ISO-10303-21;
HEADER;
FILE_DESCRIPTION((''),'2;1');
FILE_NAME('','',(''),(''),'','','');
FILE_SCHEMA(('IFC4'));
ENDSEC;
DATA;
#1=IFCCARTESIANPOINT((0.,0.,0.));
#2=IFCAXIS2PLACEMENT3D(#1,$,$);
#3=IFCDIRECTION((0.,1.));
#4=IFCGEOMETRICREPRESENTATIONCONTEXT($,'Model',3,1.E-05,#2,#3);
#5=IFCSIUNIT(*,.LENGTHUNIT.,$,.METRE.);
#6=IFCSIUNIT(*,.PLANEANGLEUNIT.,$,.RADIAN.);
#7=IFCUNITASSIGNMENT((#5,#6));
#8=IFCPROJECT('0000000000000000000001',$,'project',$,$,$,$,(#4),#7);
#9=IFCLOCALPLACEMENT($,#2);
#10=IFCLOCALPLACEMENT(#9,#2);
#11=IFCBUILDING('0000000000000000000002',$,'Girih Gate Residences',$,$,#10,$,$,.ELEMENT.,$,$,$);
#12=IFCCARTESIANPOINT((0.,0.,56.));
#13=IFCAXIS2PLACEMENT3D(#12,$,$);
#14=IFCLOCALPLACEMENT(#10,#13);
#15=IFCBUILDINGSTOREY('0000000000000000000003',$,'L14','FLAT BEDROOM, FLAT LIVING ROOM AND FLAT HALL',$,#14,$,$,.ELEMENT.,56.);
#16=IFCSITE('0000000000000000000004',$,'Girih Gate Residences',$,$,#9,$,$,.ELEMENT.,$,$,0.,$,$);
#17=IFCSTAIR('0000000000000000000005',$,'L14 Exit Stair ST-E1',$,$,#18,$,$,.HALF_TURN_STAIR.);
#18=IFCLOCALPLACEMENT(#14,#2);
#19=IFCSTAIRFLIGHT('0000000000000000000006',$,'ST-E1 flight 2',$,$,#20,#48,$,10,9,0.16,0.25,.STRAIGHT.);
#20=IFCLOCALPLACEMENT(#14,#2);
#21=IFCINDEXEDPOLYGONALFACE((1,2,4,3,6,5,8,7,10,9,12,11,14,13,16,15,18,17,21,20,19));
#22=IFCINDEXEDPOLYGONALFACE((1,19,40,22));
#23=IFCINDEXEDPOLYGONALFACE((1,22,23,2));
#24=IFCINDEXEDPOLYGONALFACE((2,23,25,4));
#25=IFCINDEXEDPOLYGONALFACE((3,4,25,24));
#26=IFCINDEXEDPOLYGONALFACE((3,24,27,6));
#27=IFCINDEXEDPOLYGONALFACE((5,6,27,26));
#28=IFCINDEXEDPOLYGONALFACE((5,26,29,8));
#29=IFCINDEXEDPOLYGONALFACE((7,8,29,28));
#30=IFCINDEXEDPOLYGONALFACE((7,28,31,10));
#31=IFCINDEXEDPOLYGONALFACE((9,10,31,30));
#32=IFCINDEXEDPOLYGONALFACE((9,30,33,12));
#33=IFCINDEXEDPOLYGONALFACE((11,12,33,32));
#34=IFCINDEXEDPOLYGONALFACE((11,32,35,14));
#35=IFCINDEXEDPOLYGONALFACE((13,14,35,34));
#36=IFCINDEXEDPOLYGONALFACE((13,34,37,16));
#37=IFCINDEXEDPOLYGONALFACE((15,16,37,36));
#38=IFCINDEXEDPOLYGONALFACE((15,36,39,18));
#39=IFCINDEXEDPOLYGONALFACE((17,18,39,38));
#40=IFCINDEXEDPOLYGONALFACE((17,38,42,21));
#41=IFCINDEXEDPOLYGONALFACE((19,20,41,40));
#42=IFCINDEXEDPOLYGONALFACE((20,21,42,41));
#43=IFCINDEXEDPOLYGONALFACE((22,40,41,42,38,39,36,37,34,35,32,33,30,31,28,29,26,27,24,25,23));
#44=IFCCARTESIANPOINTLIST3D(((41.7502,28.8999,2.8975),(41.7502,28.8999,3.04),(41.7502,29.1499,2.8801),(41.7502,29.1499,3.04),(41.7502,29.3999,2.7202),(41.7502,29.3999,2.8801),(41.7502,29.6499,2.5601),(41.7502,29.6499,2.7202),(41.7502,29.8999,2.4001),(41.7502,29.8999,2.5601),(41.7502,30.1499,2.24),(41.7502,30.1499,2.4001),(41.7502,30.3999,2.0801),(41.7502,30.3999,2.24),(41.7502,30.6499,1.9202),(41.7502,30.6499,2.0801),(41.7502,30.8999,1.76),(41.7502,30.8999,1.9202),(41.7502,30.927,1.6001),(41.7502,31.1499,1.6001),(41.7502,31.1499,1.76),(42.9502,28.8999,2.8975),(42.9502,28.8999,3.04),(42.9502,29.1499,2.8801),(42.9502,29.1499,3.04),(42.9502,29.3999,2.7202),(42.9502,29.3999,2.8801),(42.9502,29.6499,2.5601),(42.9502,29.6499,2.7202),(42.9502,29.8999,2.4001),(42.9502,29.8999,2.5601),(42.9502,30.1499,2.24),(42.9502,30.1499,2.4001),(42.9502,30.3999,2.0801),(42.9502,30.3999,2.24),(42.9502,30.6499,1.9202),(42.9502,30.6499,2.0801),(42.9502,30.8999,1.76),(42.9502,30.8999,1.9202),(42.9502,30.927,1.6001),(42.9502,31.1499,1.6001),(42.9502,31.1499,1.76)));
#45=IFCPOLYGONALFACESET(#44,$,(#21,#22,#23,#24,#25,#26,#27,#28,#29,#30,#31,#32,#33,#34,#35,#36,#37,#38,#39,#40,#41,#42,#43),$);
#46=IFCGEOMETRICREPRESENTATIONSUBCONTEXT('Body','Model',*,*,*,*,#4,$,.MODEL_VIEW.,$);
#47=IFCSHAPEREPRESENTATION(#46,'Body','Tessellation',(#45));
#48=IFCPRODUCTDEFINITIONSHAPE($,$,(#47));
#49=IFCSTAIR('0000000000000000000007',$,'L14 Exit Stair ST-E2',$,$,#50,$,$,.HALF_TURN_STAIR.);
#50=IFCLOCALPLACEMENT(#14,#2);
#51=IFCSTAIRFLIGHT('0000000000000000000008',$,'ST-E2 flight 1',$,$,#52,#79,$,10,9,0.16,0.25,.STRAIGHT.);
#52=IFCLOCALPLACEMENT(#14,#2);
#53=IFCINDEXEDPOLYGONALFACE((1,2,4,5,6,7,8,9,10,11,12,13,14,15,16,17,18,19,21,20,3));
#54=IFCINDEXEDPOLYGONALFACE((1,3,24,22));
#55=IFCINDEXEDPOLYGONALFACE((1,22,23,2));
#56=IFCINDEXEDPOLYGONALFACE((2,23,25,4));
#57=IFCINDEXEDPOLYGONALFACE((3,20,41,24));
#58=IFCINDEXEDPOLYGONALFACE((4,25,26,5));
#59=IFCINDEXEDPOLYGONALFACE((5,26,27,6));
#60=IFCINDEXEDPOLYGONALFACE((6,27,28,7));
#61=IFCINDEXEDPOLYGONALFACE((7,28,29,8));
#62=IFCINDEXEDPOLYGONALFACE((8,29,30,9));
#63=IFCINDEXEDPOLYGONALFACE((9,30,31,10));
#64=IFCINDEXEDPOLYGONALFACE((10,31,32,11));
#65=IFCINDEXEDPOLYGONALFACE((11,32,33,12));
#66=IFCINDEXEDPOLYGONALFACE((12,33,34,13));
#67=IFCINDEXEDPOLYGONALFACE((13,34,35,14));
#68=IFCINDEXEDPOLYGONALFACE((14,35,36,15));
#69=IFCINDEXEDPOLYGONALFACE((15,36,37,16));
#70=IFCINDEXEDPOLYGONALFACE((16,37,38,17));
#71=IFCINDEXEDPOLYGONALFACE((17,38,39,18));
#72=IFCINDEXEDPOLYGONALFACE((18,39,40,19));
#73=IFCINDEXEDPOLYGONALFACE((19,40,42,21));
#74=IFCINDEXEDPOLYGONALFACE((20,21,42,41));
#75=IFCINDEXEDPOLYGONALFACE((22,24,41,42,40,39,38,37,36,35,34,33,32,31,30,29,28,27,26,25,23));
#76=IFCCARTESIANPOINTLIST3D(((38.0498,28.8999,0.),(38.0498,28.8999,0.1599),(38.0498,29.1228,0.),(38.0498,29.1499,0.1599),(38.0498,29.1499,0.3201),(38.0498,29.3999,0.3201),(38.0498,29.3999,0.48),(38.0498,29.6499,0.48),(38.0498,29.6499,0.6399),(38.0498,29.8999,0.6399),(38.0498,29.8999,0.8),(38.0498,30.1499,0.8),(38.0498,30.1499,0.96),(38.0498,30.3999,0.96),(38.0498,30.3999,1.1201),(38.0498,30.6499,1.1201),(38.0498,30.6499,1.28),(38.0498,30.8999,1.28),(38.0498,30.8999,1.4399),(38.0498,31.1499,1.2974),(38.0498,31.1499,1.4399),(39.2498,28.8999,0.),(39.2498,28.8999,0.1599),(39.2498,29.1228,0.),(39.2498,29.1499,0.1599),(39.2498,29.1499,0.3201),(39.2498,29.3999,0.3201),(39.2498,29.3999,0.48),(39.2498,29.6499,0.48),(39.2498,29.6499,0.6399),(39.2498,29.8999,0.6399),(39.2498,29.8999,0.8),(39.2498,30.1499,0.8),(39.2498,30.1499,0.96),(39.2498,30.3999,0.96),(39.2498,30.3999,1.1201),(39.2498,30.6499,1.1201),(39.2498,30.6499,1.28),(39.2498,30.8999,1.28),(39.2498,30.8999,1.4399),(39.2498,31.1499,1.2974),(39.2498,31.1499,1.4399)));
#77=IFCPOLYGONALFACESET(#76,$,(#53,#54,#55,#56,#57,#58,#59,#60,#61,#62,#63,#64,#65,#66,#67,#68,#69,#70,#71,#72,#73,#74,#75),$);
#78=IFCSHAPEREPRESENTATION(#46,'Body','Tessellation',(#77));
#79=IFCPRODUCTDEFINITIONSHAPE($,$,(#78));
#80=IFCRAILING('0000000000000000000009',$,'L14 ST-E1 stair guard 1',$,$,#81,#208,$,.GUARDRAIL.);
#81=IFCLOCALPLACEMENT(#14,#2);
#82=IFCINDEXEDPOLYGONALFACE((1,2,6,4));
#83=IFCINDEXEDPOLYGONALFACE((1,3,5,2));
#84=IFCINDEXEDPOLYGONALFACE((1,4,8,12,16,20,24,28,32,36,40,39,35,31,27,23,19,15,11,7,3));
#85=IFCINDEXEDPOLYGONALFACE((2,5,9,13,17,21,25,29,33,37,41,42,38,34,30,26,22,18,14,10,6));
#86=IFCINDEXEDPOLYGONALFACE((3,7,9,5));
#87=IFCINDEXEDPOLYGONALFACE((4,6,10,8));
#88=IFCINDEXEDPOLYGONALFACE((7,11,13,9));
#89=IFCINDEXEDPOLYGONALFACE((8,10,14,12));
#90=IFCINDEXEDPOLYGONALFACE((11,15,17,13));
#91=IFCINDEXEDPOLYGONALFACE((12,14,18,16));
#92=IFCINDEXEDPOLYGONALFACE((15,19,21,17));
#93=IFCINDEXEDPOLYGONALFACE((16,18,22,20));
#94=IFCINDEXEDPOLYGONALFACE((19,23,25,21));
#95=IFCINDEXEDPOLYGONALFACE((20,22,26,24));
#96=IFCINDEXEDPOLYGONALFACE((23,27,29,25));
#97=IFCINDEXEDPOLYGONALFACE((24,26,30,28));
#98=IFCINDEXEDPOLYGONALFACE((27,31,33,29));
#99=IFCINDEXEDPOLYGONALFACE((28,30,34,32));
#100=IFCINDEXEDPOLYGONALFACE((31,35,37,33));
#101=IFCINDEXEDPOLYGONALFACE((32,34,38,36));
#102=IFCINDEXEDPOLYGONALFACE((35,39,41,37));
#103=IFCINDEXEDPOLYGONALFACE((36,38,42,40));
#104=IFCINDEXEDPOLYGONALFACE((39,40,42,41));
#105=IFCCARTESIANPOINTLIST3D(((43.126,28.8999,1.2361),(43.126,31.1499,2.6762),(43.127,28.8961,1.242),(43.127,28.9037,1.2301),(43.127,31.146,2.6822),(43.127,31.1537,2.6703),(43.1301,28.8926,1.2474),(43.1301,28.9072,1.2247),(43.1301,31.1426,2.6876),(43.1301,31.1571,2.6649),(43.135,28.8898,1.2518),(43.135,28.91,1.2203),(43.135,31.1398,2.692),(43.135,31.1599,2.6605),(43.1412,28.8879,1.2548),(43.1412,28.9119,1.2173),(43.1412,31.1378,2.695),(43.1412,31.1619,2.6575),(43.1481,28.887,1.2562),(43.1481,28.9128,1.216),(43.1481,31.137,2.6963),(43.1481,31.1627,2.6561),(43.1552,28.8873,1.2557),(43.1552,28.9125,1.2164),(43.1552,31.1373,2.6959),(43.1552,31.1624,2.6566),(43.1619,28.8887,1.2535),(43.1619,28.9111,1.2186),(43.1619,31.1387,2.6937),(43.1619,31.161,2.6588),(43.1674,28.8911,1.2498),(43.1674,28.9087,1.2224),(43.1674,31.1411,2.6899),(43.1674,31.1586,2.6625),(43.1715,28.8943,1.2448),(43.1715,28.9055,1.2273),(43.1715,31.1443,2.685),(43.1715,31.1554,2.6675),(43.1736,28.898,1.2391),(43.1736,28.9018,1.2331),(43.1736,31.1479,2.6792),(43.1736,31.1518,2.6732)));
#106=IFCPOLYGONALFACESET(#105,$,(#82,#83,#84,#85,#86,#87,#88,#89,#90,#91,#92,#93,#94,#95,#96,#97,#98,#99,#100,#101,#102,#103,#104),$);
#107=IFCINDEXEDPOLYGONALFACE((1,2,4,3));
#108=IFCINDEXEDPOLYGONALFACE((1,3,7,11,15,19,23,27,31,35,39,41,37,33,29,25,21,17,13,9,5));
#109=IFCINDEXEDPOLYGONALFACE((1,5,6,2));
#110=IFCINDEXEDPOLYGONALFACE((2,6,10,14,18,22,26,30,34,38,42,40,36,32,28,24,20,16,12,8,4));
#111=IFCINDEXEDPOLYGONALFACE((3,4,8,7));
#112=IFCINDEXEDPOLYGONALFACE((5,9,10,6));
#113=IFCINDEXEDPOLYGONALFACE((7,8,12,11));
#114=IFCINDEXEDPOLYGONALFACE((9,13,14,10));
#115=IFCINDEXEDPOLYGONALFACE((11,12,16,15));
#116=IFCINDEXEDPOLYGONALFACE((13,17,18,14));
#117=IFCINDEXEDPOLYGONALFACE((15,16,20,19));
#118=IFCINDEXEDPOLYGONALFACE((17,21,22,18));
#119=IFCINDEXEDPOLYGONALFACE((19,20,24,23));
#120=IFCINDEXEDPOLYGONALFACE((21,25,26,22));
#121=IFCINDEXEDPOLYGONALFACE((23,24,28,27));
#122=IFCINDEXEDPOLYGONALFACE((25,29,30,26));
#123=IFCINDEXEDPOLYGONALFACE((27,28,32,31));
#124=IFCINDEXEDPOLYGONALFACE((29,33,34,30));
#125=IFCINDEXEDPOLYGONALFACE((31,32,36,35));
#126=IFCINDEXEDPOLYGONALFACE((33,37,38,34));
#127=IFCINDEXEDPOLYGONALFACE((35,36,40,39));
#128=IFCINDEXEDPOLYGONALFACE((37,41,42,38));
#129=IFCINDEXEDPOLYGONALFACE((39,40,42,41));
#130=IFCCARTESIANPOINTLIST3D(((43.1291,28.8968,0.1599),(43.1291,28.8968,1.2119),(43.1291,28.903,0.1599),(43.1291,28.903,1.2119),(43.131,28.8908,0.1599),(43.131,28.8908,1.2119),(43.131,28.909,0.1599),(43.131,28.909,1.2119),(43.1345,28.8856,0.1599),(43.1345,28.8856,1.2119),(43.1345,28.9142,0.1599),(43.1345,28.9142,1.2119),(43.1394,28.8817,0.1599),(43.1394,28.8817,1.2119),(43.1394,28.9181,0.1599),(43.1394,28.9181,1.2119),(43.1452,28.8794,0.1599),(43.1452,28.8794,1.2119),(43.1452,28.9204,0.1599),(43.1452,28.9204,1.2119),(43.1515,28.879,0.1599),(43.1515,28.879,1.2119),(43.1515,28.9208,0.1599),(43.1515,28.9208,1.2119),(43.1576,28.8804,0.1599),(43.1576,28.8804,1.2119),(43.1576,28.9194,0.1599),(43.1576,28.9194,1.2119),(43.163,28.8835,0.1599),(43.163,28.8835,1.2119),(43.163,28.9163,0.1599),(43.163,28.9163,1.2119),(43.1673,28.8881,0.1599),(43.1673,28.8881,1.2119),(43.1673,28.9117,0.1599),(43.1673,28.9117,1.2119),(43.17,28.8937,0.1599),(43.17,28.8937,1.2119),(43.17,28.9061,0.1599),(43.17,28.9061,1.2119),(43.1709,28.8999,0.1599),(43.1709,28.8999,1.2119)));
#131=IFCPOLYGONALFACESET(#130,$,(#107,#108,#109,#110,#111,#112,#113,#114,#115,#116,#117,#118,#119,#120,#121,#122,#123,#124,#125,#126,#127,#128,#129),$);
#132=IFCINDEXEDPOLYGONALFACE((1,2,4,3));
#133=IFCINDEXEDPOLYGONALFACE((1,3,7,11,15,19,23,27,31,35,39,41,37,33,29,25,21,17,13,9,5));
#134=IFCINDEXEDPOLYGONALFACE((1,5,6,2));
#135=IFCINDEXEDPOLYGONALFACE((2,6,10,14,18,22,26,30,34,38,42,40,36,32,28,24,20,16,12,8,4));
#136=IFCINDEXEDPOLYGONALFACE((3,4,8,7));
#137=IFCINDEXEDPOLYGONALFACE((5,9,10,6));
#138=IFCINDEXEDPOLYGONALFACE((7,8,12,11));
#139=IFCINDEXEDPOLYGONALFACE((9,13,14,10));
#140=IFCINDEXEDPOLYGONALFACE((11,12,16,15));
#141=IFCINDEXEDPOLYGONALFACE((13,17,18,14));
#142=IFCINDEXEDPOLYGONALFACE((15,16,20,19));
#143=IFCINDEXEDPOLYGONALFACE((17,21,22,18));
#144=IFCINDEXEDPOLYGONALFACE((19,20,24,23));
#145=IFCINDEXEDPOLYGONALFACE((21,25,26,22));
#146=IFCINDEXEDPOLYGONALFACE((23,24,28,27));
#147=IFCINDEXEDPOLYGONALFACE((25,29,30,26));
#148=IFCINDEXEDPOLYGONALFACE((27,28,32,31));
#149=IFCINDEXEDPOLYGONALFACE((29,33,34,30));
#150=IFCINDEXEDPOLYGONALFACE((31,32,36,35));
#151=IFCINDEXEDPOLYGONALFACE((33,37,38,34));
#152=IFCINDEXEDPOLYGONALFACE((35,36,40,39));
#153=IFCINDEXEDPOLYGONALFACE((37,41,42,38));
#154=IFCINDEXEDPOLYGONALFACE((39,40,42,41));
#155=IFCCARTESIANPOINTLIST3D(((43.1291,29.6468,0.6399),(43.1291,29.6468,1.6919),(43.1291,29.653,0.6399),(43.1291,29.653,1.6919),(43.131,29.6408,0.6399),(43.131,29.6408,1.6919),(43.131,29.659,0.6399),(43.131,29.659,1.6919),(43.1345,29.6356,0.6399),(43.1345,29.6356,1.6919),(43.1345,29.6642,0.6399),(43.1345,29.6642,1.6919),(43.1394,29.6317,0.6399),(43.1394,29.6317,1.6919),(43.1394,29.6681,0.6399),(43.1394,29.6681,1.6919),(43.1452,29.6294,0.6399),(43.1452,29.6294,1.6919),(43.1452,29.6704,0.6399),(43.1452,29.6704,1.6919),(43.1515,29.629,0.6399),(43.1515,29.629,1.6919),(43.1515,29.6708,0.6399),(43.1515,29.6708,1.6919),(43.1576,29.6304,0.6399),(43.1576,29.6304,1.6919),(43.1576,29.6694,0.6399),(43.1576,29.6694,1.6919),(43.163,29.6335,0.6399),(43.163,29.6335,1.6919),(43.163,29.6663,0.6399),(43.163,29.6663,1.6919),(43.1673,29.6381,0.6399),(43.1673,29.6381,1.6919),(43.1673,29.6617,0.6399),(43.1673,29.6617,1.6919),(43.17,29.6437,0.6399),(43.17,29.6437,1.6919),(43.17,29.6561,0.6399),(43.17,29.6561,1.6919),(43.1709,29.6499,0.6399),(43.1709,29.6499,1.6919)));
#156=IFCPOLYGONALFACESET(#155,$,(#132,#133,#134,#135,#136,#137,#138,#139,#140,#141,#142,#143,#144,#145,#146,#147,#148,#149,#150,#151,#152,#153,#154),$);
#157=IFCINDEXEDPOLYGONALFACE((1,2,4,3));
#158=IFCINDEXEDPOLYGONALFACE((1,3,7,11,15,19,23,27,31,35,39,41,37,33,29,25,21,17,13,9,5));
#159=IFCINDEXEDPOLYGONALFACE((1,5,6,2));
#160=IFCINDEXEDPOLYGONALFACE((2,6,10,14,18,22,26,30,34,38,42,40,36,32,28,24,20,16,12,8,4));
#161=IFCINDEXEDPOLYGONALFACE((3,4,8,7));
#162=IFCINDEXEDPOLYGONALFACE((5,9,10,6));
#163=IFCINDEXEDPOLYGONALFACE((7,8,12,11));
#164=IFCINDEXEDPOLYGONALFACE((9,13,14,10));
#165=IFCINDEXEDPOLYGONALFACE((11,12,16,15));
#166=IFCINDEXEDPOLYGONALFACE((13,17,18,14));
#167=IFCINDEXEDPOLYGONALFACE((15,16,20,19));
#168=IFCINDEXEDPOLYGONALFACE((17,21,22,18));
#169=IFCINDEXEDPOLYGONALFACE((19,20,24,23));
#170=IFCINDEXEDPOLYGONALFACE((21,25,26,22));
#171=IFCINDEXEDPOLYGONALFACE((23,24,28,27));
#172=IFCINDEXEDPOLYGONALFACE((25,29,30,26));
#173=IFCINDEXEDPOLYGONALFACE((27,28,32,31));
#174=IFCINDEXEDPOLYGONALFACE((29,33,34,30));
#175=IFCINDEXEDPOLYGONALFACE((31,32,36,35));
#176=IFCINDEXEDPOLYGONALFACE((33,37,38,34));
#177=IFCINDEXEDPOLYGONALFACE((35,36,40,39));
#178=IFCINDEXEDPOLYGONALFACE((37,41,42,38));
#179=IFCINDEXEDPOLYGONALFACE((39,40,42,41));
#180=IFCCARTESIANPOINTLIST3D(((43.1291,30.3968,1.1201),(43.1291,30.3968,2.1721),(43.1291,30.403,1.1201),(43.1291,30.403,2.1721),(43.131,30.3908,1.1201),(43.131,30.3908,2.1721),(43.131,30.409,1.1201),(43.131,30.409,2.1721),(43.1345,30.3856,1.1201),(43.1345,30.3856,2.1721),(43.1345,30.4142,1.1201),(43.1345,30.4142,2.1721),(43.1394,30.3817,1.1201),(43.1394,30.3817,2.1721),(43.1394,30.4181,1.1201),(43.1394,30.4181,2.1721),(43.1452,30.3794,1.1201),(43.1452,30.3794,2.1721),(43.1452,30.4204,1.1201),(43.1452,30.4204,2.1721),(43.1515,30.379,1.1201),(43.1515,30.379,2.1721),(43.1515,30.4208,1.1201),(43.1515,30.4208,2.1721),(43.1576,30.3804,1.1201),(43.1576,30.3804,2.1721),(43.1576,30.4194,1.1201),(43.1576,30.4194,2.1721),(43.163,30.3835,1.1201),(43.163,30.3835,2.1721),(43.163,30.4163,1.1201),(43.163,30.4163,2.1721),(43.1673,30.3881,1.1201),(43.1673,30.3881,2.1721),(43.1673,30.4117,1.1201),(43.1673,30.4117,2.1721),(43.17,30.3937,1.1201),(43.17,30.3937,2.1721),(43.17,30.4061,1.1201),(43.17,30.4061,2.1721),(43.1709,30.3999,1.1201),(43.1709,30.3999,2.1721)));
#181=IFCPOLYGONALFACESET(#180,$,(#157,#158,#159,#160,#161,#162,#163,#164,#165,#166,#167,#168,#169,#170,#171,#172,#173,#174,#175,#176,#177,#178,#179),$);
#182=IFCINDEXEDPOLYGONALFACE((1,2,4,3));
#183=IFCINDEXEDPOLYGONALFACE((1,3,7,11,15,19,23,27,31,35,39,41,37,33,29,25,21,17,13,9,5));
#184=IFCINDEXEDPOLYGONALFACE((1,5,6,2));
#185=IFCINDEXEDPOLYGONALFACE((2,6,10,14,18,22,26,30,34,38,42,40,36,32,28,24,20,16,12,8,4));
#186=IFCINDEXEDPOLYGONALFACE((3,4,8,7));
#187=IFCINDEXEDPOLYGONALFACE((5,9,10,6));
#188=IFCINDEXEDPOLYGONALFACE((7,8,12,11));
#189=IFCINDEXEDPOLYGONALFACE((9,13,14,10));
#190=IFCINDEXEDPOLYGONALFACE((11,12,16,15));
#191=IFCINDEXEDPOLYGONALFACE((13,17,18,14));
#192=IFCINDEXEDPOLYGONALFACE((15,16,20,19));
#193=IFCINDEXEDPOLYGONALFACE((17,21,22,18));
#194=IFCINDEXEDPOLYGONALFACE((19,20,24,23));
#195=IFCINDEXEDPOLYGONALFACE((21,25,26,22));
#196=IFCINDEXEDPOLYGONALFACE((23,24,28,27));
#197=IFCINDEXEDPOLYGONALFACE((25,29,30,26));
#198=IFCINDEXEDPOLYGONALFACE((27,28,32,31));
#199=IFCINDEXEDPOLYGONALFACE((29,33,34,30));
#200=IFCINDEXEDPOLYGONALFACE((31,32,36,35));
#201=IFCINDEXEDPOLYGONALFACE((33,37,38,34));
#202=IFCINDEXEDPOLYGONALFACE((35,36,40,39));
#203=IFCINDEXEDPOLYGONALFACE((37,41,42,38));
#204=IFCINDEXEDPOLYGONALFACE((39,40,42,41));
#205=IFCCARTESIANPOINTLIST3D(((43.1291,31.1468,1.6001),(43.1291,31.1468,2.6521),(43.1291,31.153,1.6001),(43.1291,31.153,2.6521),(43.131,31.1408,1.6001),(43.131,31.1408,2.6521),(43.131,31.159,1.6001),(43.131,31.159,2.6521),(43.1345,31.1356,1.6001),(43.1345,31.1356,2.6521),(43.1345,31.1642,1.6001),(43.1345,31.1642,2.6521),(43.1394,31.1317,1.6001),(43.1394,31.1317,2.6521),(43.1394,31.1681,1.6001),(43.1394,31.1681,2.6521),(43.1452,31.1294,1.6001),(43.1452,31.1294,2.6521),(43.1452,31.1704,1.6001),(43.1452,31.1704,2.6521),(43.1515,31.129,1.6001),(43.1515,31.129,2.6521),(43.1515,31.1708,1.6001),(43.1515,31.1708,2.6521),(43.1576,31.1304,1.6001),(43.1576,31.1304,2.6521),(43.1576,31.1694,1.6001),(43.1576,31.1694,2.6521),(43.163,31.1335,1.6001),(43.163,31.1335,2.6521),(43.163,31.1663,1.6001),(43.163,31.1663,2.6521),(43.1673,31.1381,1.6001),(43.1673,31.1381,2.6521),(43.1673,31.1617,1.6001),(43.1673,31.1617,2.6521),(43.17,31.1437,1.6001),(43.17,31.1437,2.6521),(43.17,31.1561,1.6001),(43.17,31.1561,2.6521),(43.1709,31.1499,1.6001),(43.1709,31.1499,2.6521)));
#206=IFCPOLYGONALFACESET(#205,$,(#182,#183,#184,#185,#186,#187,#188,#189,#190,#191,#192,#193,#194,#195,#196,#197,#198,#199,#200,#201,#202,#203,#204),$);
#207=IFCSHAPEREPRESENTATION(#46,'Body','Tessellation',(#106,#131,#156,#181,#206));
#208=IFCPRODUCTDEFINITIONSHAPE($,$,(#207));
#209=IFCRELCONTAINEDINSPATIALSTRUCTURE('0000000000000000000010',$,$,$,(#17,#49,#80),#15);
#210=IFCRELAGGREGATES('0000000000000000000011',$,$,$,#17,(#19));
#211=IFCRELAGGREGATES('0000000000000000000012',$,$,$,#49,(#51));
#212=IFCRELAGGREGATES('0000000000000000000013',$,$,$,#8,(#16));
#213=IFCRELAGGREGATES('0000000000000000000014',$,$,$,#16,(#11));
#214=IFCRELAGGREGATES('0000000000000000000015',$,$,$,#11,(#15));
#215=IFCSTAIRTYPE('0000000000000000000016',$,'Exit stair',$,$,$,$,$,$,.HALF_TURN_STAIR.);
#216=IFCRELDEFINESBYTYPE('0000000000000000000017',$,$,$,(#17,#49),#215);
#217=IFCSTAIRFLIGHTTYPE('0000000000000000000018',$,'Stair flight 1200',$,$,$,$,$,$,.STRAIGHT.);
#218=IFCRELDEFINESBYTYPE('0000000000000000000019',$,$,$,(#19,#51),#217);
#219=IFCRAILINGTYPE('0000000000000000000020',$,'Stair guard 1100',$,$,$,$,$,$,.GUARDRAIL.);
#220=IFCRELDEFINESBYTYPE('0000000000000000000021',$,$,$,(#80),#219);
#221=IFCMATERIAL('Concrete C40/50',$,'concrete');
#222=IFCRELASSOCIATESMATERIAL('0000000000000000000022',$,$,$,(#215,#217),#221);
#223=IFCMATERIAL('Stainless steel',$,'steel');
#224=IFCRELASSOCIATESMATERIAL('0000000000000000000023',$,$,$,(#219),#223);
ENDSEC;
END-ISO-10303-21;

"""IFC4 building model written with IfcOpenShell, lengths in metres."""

from ifc_helpers import new_model, si_unit, direction, frame, origin, origin_2d, place, context, subcontext, project, spatial, polyline, circle, outline, extrude, material, type_object, element, aggregate, save


model = new_model("IFC4")

# Units and contexts
model_context = context("Model", 3, precision=1e-05, world=origin(), true_north=direction((0.0, 1.0)))
body_context = subcontext(model_context, "Body", "Model", "MODEL_VIEW")
ifc_project = project(units=[si_unit("LENGTHUNIT", "METRE"), si_unit("PLANEANGLEUNIT", "RADIAN")], contexts=[model_context])

# Site, building, storey
site_placement = place(None, origin())
site = spatial("IfcSite", under=ifc_project, at=site_placement, Name="Girih Gate Residences", CompositionType="ELEMENT", RefElevation=0.0)
building_placement = place(site_placement, origin())
building = spatial("IfcBuilding", under=site, at=building_placement, Name="Girih Gate Residences", CompositionType="ELEMENT")
storey_placement = place(building_placement, frame((0.0, 0.0, 56.0)))
storey = spatial("IfcBuildingStorey", under=building, at=storey_placement, Name="L14", Description="FLAT BEDROOM, FLAT LIVING ROOM AND FLAT HALL", CompositionType="ELEMENT", Elevation=56.0)

# Shared definitions
ifc_material_1 = material(Name="Concrete C40/50", Category="concrete")

# Stair, stair flight
stair_type = type_object("IfcStairType", Name="Exit stair", PredefinedType="HALF_TURN_STAIR", material=ifc_material_1)
stair_1_placement = place(storey_placement, origin())
stair_1 = element("IfcStair", 1, at=stair_1_placement, inside=storey, type_object=stair_type, Name="L14 Exit Stair ST-E1", PredefinedType="HALF_TURN_STAIR")
stair_flight_type = type_object("IfcStairFlightType", Name="Stair flight 1200", PredefinedType="STRAIGHT", material=ifc_material_1)
stair_flight_1_placement = place(storey_placement, frame((42.3501, 31.1499, 1.6001), z_axis=(0.0, 0.0, 1.0), x_axis=(0.0, -1.0, 0.0)))
stair_flight_1 = element("IfcStairFlight", 2, at=stair_flight_1_placement, type_object=stair_flight_type, Name="ST-E1 flight 2", NumberOfRisers=10, NumberOfTreads=9, PredefinedType="STRAIGHT", RiserHeight=0.16, TreadLength=0.25, context=body_context, shape_type="SweptSolid", body=[
    extrude(outline(polyline([(0.0, 0.0), (0.0, 0.1599), (0.25, 0.1599), (0.25, 0.3201), (0.5, 0.3201), (0.5, 0.48), (0.75, 0.48), (0.75, 0.6399), (1.0, 0.6399), (1.0, 0.8), (1.25, 0.8), (1.25, 0.96), (1.5, 0.96), (1.5, 1.1201), (1.75, 1.1201), (1.75, 1.28), (2.0, 1.28), (2.0, 1.4399), (2.25, 1.4399), (2.25, 1.6001), (2.25, 1.2974), (0.2229, 0.0), (0.0, 0.0)])), frame((0.0, 0.6001, 0.0), z_axis=(0.0, -1.0, 0.0), x_axis=(1.0, 0.0, 0.0)), (0.0, 0.0, 1.0), 1.2),
])
aggregate(stair_1, [stair_flight_1])

# Stair, stair flight
stair_2_placement = place(storey_placement, origin())
stair_2 = element("IfcStair", 3, at=stair_2_placement, inside=storey, type_object=stair_type, Name="L14 Exit Stair ST-E2", PredefinedType="HALF_TURN_STAIR")
stair_flight_2_placement = place(storey_placement, frame((38.6499, 28.8999, 0.0), z_axis=(0.0, 0.0, 1.0), x_axis=(0.0, 1.0, 0.0)))
stair_flight_2 = element("IfcStairFlight", 4, at=stair_flight_2_placement, type_object=stair_flight_type, Name="ST-E2 flight 1", NumberOfRisers=10, NumberOfTreads=9, PredefinedType="STRAIGHT", RiserHeight=0.16, TreadLength=0.25, context=body_context, shape_type="SweptSolid", body=[
    extrude(outline(polyline([(0.0, 0.0), (0.0, 0.1599), (0.25, 0.1599), (0.25, 0.3201), (0.5, 0.3201), (0.5, 0.48), (0.75, 0.48), (0.75, 0.6399), (1.0, 0.6399), (1.0, 0.8), (1.25, 0.8), (1.25, 0.96), (1.5, 0.96), (1.5, 1.1201), (1.75, 1.1201), (1.75, 1.28), (2.0, 1.28), (2.0, 1.4399), (2.25, 1.4399), (2.25, 1.6001), (2.25, 1.2974), (0.2229, 0.0), (0.0, 0.0)])), frame((0.0, 0.6001, 0.0), z_axis=(0.0, -1.0, 0.0), x_axis=(1.0, 0.0, 0.0)), (0.0, 0.0, 1.0), 1.2),
])
aggregate(stair_2, [stair_flight_2])

# Railing
ifc_material_2 = material(Name="Stainless steel", Category="steel")
railing_type_1 = type_object("IfcRailingType", Name="Stair guard 1100", PredefinedType="GUARDRAIL", material=ifc_material_2)
railing_1_placement = place(storey_placement, frame((43.1499, 28.8999, 0.1599)))
element("IfcRailing", 5, at=railing_1_placement, inside=storey, type_object=railing_type_1, Name="L14 ST-E1 stair guard 1", PredefinedType="GUARDRAIL", context=body_context, shape_type="SweptSolid", body=[
    extrude(circle(Radius=0.0239, at=origin_2d()), frame((0.0, 0.0, 1.0762), z_axis=(0.0, 0.84224, 0.539103), x_axis=(-1.0, 0.0, 0.0)), (0.0, 0.0, 1.0), 2.6714),
    extrude(circle(Radius=0.021, at=origin_2d()), origin(), (0.0, 0.0, 1.0), 1.052),
    extrude(circle(Radius=0.021, at=origin_2d()), frame((0.0, 0.75, 0.48)), (0.0, 0.0, 1.0), 1.052),
    extrude(circle(Radius=0.021, at=origin_2d()), frame((0.0, 1.5, 0.9602)), (0.0, 0.0, 1.0), 1.052),
    extrude(circle(Radius=0.021, at=origin_2d()), frame((0.0, 2.25, 1.4402)), (0.0, 0.0, 1.0), 1.052),
])

save(model, "model.ifc")
